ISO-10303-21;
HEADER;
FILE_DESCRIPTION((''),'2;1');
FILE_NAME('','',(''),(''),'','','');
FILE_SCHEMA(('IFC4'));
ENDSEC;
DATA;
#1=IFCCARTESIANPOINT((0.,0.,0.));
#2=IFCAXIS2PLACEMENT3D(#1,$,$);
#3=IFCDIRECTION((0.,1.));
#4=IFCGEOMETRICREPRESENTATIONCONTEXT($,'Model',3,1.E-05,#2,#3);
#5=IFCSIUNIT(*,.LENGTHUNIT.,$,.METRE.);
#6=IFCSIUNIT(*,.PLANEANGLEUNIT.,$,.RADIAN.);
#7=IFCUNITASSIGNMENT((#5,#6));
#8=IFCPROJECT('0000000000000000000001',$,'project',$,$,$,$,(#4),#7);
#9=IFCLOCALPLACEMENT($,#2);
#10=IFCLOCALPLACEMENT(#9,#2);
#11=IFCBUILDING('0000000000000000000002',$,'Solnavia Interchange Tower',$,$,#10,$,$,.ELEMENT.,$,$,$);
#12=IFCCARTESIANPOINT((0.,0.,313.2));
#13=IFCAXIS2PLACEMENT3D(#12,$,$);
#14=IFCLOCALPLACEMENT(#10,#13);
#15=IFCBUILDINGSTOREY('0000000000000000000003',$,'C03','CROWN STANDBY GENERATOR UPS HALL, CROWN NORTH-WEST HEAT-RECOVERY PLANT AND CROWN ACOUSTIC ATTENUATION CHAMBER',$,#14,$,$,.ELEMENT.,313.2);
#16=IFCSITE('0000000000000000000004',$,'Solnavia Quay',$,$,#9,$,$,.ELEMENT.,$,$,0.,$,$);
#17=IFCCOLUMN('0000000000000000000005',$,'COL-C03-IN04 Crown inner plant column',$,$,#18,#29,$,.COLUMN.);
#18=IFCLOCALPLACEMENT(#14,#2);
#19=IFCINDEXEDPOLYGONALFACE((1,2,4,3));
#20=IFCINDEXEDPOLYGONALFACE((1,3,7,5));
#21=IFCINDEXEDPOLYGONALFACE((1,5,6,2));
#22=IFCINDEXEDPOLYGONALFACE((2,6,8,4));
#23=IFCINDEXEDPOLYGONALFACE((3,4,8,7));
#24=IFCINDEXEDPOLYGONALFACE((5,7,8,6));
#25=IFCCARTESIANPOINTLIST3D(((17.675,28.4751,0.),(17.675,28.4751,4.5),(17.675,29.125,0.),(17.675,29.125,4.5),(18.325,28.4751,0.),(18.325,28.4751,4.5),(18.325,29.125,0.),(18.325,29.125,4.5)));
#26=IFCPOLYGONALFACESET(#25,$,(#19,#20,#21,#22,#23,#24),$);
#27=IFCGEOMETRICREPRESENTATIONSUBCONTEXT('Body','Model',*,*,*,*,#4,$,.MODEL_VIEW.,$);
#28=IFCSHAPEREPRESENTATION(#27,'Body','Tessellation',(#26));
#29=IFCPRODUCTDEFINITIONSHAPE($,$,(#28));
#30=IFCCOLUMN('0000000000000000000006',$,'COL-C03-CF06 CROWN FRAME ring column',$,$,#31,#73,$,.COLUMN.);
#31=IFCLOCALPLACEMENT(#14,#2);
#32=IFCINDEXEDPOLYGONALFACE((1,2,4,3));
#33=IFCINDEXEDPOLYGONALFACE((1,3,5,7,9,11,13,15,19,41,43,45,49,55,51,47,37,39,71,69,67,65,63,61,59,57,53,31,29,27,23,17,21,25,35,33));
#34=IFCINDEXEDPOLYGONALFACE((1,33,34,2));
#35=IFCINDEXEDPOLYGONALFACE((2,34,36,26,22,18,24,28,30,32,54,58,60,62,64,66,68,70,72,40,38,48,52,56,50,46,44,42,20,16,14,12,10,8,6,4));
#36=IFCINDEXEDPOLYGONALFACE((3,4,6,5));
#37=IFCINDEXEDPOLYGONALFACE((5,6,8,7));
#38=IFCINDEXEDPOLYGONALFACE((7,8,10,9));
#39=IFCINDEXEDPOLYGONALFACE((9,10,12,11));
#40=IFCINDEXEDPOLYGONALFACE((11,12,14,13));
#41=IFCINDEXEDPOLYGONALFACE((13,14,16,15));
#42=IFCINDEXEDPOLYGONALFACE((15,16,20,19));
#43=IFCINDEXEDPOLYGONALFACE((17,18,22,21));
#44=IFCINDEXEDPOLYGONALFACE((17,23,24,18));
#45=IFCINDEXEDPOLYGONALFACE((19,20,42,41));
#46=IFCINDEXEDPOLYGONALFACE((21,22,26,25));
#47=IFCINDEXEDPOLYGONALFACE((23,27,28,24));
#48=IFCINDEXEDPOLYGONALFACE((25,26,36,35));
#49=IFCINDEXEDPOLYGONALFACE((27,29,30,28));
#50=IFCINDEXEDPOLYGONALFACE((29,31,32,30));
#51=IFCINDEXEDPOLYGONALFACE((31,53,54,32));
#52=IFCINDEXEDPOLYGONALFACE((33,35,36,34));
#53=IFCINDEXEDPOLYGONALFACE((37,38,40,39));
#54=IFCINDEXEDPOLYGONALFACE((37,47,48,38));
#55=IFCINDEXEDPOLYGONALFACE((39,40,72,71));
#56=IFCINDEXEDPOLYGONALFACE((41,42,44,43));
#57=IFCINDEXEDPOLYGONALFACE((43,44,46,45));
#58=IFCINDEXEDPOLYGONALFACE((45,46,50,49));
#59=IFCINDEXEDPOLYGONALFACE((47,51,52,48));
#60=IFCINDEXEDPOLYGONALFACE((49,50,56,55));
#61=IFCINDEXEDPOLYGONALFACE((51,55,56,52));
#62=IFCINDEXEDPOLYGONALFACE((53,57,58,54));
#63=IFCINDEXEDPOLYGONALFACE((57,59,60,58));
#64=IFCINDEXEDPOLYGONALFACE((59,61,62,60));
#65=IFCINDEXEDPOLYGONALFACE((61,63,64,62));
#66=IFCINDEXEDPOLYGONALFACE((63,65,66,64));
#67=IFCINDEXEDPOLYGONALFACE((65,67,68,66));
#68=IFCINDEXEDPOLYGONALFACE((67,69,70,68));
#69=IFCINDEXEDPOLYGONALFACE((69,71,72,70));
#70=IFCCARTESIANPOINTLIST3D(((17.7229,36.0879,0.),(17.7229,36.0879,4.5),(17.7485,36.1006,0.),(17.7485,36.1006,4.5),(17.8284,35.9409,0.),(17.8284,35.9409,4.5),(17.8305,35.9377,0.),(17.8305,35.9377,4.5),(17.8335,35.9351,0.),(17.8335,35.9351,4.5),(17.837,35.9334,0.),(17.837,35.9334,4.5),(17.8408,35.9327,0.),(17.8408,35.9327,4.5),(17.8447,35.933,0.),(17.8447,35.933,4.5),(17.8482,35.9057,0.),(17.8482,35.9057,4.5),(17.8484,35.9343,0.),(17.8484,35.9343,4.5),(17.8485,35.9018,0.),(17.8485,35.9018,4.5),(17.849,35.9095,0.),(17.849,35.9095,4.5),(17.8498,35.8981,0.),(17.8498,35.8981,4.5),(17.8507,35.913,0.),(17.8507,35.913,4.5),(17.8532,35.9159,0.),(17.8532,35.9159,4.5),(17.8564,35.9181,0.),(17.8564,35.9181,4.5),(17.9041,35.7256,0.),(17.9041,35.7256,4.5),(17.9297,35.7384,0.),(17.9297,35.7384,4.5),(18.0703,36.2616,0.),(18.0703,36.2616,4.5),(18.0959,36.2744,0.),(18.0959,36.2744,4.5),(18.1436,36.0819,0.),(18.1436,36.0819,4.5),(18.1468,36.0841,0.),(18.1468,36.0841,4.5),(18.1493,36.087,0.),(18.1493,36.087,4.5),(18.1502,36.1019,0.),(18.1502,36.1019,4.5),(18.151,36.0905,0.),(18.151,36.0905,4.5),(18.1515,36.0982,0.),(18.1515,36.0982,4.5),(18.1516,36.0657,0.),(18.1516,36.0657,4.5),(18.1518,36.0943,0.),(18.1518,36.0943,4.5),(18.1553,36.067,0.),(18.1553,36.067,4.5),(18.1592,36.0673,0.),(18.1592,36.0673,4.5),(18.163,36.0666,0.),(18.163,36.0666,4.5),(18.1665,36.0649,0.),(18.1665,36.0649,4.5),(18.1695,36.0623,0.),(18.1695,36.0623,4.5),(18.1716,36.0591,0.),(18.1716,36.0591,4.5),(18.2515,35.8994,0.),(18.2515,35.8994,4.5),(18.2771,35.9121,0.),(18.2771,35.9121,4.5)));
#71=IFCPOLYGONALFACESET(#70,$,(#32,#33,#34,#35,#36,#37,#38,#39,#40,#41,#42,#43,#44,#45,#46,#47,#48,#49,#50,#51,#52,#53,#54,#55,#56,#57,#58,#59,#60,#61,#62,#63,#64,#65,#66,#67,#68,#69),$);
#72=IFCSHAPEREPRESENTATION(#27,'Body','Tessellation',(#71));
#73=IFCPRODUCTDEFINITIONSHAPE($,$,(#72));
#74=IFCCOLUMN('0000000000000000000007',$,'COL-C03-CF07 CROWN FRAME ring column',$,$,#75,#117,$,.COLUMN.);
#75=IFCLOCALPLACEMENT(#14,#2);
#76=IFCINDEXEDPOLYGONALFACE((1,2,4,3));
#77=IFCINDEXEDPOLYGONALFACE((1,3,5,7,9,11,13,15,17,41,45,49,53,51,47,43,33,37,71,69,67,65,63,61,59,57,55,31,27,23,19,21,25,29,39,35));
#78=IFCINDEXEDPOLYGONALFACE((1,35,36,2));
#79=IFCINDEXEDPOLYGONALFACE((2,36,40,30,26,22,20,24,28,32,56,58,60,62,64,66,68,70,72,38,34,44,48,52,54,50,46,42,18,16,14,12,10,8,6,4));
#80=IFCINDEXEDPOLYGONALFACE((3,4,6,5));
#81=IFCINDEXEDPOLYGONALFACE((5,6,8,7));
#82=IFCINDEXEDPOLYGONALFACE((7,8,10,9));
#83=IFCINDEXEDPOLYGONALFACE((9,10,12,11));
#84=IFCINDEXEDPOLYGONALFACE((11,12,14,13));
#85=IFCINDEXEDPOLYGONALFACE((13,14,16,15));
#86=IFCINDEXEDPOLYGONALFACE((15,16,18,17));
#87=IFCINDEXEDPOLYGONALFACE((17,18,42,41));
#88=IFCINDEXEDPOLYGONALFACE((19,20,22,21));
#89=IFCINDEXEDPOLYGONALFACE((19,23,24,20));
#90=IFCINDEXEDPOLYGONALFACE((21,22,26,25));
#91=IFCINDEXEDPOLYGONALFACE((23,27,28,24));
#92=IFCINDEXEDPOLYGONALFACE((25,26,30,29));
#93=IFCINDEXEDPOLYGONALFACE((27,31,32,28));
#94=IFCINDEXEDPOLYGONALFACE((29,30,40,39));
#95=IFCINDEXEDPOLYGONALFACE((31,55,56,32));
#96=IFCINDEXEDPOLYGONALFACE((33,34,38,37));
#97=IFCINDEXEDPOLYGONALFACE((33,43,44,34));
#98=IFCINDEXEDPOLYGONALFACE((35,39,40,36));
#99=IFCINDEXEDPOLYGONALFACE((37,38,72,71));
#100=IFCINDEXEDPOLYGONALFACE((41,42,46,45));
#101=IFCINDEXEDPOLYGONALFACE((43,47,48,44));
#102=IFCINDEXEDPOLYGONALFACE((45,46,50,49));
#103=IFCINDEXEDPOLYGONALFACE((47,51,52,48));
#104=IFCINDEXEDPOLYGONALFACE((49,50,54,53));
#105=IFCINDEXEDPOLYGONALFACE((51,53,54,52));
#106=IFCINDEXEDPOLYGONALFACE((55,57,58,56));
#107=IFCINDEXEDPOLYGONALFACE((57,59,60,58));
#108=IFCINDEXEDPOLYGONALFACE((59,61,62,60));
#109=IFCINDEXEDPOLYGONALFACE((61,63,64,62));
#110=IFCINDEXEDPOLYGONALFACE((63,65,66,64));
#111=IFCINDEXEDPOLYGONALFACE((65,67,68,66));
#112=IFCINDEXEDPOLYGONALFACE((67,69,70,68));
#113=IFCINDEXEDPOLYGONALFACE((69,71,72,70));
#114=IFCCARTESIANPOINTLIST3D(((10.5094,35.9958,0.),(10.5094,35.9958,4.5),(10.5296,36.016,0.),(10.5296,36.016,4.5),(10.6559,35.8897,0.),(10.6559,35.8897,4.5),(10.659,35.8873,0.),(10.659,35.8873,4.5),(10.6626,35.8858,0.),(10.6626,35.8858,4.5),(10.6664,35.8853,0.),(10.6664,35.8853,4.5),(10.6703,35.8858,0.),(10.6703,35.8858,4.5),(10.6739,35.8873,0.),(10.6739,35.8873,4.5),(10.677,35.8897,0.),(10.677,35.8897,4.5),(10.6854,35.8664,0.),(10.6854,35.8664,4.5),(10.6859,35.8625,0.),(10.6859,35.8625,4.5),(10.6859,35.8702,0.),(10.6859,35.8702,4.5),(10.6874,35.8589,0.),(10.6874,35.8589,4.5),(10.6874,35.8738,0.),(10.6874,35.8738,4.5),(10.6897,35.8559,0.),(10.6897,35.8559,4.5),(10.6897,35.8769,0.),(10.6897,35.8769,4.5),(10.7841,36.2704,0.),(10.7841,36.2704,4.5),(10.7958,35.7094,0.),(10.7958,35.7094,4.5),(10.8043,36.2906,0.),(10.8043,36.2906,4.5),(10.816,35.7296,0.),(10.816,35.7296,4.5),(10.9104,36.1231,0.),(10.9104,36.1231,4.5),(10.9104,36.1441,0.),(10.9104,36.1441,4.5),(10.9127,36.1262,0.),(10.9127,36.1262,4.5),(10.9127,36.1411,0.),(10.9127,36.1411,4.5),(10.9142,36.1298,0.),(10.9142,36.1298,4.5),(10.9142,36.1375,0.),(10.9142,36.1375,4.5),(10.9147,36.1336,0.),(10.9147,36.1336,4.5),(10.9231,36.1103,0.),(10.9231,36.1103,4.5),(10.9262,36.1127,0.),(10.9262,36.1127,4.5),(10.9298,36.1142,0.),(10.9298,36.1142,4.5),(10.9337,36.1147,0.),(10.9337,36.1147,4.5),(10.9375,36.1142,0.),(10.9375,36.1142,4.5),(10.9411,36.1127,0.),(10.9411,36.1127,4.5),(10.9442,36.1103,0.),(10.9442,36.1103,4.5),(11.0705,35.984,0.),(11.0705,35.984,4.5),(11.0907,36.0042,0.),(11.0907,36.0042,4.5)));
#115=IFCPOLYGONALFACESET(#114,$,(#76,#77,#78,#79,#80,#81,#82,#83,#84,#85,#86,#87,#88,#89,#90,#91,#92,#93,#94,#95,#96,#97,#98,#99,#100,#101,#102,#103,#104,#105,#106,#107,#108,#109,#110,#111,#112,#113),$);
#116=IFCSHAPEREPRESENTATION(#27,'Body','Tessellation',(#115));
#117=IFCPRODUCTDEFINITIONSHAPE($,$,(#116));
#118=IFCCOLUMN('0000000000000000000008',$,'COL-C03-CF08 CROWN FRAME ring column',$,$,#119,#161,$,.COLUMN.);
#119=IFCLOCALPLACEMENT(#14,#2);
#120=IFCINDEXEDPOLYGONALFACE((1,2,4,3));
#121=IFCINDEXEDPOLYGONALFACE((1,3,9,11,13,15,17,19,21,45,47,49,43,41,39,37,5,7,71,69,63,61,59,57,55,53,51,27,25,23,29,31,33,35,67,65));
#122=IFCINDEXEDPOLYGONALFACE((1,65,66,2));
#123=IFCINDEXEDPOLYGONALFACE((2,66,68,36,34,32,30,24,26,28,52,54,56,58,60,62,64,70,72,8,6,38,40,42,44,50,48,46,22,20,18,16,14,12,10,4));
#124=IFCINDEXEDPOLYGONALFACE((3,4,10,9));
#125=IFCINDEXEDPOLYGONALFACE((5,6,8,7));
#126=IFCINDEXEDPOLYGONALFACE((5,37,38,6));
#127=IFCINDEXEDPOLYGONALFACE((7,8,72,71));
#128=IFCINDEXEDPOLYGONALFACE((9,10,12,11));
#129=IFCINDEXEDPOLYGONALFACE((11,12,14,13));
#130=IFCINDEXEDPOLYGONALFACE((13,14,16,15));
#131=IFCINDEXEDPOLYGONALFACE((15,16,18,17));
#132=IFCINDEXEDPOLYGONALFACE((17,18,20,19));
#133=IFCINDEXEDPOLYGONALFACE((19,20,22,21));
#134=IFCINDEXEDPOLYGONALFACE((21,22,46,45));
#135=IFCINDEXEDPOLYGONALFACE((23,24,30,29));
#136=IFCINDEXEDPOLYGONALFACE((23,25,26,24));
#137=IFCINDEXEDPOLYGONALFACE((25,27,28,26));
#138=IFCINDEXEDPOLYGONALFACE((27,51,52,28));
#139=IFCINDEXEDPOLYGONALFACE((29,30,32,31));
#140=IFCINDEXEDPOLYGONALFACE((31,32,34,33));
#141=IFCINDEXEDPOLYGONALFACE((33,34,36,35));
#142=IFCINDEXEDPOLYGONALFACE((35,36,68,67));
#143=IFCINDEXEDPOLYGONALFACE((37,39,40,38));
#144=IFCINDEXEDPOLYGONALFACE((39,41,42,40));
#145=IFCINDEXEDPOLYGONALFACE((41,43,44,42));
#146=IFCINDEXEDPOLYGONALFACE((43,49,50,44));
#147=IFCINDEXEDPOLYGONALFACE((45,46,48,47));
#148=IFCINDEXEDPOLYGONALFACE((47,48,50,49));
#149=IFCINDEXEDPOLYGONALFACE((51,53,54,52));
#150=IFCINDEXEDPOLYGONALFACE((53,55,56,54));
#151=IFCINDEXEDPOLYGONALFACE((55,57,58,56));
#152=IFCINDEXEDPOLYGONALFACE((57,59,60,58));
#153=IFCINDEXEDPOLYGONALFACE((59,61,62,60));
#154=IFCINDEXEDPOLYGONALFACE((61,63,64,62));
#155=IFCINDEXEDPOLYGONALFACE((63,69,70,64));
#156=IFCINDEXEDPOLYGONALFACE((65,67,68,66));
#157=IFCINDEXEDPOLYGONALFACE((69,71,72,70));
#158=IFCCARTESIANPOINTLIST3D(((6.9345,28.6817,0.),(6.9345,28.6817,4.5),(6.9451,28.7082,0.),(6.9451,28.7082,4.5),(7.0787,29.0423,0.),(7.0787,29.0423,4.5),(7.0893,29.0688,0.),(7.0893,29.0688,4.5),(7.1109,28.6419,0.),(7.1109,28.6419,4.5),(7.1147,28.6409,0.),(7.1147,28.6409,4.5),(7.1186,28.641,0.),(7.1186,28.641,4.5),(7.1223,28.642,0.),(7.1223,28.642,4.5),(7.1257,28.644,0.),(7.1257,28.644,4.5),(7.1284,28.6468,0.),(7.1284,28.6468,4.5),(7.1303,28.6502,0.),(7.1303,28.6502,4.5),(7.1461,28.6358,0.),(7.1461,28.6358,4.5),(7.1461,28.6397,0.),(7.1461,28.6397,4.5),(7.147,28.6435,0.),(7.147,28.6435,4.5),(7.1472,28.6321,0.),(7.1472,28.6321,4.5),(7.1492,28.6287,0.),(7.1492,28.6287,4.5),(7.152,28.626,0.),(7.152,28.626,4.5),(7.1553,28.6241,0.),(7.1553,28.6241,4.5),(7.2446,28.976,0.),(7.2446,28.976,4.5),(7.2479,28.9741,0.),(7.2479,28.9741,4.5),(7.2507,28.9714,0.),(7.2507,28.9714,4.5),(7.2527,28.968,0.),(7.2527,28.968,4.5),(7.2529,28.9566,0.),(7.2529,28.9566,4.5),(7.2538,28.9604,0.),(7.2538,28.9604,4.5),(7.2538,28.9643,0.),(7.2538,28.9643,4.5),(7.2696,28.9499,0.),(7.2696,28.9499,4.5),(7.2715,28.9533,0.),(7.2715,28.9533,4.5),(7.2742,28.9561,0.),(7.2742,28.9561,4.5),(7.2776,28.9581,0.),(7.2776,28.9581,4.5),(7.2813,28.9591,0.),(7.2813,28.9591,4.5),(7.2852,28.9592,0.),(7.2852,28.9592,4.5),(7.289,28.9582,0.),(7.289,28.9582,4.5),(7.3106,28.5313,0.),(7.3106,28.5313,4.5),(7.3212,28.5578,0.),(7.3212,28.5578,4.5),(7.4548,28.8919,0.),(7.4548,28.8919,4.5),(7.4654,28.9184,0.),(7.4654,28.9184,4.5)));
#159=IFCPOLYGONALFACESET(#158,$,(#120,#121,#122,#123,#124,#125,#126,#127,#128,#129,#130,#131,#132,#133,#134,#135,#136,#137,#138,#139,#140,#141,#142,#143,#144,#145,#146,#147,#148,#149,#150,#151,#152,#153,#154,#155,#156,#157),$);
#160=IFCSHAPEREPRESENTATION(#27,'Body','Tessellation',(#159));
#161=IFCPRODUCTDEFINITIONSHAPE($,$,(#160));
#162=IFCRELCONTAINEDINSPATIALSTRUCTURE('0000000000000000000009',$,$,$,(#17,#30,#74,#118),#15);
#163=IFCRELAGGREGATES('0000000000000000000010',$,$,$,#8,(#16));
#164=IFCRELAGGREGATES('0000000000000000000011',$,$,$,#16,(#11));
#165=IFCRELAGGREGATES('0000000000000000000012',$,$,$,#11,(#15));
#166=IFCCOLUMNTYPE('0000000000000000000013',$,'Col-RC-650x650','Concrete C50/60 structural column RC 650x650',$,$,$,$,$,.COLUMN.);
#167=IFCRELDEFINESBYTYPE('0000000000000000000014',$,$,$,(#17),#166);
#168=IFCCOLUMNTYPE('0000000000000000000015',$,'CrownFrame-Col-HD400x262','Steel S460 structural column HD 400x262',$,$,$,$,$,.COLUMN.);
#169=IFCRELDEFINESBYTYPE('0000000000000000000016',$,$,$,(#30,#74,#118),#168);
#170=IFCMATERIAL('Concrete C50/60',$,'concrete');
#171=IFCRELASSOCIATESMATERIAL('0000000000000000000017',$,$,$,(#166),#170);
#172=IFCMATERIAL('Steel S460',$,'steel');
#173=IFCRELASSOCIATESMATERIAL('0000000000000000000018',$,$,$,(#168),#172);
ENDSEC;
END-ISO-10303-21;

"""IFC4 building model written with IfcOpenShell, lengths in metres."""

from ifc_helpers import new_model, si_unit, direction, frame, origin, origin_2d, place, context, subcontext, project, spatial, rectangle, i_section, extrude, material, material_profile, profile_set, type_object, element, save


model = new_model("IFC4")

# Units and contexts
model_context = context("Model", 3, precision=1e-05, world=origin(), true_north=direction((0.0, 1.0)))
body_context = subcontext(model_context, "Body", "Model", "MODEL_VIEW")
ifc_project = project(units=[si_unit("LENGTHUNIT", "METRE"), si_unit("PLANEANGLEUNIT", "RADIAN")], contexts=[model_context])

# Site, building, storey
site_placement = place(None, origin())
site = spatial("IfcSite", under=ifc_project, at=site_placement, Name="Solnavia Quay", CompositionType="ELEMENT", RefElevation=0.0)
building_placement = place(site_placement, origin())
building = spatial("IfcBuilding", under=site, at=building_placement, Name="Solnavia Interchange Tower", CompositionType="ELEMENT")
storey_placement = place(building_placement, frame((0.0, 0.0, 313.2)))
storey = spatial("IfcBuildingStorey", under=building, at=storey_placement, Name="C03", Description="CROWN STANDBY GENERATOR UPS HALL, CROWN NORTH-WEST HEAT-RECOVERY PLANT AND CROWN ACOUSTIC ATTENUATION CHAMBER", CompositionType="ELEMENT", Elevation=313.2)

# Columns
ifc_material_1 = material(Name="Concrete C50/60", Category="concrete")
ifc_material_profile_1 = material_profile(ifc_material_1, rectangle(XDim=0.6499, YDim=0.6499, at=origin_2d()), Name="RC 650x650")
ifc_profile_set_1 = profile_set([ifc_material_profile_1], Name="Concrete C50/60")
column_type_1 = type_object("IfcColumnType", Name="Col-RC-650x650", Description="Concrete C50/60 structural column RC 650x650", PredefinedType="COLUMN", material=ifc_profile_set_1)
column_placement = place(storey_placement, frame((18.0, 28.8, 0.0), z_axis=(0.0, 0.0, 1.0), x_axis=(1.0, 0.0, 0.0)))
element("IfcColumn", 1, at=column_placement, inside=storey, type_object=column_type_1, Name="COL-C03-IN04 Crown inner plant column", PredefinedType="COLUMN", context=body_context, shape_type="SweptSolid", body=[
    extrude(rectangle(XDim=0.6499, YDim=0.6499, at=origin_2d()), origin(), (0.0, 0.0, 1.0), 4.5),
])
ifc_material_2 = material(Name="Steel S460", Category="steel")
ifc_material_profile_2 = material_profile(ifc_material_2, i_section(OverallWidth=0.405, OverallDepth=0.417, WebThickness=0.0181, FlangeThickness=0.0286, FilletRadius=0.0149, at=origin_2d()), Name="HD 400x262")
ifc_profile_set_2 = profile_set([ifc_material_profile_2], Name="Steel S460")
column_type_2 = type_object("IfcColumnType", Name="CrownFrame-Col-HD400x262", Description="Steel S460 structural column HD 400x262", PredefinedType="COLUMN", material=ifc_profile_set_2)
for number, where, z_axis, x_axis, name in (
    (2, (18.0, 36.0, 0.0), (0.0, 0.0, 1.0), (-0.447291, 0.894389, 0.0), "COL-C03-CF06 CROWN FRAME ring column"),
    (3, (10.8, 36.0, 0.0), (0.0, 0.0, 1.0), (-0.707107, 0.707107, 0.0), "COL-C03-CF07 CROWN FRAME ring column"),
    (4, (7.2, 28.8, 0.0), (0.0, 0.0, 1.0), (-0.928486, 0.371368, 0.0), "COL-C03-CF08 CROWN FRAME ring column"),
):
    element("IfcColumn", number, at=place(storey_placement, frame(where, z_axis=z_axis, x_axis=x_axis)), inside=storey, type_object=column_type_2, Name=name, PredefinedType="COLUMN", context=body_context, shape_type="SweptSolid", body=[
        extrude(i_section(OverallWidth=0.405, OverallDepth=0.417, WebThickness=0.0181, FlangeThickness=0.0286, FilletRadius=0.0149, at=origin_2d()), origin(), (0.0, 0.0, 1.0), 4.5),
    ])

save(model, "model.ifc")
